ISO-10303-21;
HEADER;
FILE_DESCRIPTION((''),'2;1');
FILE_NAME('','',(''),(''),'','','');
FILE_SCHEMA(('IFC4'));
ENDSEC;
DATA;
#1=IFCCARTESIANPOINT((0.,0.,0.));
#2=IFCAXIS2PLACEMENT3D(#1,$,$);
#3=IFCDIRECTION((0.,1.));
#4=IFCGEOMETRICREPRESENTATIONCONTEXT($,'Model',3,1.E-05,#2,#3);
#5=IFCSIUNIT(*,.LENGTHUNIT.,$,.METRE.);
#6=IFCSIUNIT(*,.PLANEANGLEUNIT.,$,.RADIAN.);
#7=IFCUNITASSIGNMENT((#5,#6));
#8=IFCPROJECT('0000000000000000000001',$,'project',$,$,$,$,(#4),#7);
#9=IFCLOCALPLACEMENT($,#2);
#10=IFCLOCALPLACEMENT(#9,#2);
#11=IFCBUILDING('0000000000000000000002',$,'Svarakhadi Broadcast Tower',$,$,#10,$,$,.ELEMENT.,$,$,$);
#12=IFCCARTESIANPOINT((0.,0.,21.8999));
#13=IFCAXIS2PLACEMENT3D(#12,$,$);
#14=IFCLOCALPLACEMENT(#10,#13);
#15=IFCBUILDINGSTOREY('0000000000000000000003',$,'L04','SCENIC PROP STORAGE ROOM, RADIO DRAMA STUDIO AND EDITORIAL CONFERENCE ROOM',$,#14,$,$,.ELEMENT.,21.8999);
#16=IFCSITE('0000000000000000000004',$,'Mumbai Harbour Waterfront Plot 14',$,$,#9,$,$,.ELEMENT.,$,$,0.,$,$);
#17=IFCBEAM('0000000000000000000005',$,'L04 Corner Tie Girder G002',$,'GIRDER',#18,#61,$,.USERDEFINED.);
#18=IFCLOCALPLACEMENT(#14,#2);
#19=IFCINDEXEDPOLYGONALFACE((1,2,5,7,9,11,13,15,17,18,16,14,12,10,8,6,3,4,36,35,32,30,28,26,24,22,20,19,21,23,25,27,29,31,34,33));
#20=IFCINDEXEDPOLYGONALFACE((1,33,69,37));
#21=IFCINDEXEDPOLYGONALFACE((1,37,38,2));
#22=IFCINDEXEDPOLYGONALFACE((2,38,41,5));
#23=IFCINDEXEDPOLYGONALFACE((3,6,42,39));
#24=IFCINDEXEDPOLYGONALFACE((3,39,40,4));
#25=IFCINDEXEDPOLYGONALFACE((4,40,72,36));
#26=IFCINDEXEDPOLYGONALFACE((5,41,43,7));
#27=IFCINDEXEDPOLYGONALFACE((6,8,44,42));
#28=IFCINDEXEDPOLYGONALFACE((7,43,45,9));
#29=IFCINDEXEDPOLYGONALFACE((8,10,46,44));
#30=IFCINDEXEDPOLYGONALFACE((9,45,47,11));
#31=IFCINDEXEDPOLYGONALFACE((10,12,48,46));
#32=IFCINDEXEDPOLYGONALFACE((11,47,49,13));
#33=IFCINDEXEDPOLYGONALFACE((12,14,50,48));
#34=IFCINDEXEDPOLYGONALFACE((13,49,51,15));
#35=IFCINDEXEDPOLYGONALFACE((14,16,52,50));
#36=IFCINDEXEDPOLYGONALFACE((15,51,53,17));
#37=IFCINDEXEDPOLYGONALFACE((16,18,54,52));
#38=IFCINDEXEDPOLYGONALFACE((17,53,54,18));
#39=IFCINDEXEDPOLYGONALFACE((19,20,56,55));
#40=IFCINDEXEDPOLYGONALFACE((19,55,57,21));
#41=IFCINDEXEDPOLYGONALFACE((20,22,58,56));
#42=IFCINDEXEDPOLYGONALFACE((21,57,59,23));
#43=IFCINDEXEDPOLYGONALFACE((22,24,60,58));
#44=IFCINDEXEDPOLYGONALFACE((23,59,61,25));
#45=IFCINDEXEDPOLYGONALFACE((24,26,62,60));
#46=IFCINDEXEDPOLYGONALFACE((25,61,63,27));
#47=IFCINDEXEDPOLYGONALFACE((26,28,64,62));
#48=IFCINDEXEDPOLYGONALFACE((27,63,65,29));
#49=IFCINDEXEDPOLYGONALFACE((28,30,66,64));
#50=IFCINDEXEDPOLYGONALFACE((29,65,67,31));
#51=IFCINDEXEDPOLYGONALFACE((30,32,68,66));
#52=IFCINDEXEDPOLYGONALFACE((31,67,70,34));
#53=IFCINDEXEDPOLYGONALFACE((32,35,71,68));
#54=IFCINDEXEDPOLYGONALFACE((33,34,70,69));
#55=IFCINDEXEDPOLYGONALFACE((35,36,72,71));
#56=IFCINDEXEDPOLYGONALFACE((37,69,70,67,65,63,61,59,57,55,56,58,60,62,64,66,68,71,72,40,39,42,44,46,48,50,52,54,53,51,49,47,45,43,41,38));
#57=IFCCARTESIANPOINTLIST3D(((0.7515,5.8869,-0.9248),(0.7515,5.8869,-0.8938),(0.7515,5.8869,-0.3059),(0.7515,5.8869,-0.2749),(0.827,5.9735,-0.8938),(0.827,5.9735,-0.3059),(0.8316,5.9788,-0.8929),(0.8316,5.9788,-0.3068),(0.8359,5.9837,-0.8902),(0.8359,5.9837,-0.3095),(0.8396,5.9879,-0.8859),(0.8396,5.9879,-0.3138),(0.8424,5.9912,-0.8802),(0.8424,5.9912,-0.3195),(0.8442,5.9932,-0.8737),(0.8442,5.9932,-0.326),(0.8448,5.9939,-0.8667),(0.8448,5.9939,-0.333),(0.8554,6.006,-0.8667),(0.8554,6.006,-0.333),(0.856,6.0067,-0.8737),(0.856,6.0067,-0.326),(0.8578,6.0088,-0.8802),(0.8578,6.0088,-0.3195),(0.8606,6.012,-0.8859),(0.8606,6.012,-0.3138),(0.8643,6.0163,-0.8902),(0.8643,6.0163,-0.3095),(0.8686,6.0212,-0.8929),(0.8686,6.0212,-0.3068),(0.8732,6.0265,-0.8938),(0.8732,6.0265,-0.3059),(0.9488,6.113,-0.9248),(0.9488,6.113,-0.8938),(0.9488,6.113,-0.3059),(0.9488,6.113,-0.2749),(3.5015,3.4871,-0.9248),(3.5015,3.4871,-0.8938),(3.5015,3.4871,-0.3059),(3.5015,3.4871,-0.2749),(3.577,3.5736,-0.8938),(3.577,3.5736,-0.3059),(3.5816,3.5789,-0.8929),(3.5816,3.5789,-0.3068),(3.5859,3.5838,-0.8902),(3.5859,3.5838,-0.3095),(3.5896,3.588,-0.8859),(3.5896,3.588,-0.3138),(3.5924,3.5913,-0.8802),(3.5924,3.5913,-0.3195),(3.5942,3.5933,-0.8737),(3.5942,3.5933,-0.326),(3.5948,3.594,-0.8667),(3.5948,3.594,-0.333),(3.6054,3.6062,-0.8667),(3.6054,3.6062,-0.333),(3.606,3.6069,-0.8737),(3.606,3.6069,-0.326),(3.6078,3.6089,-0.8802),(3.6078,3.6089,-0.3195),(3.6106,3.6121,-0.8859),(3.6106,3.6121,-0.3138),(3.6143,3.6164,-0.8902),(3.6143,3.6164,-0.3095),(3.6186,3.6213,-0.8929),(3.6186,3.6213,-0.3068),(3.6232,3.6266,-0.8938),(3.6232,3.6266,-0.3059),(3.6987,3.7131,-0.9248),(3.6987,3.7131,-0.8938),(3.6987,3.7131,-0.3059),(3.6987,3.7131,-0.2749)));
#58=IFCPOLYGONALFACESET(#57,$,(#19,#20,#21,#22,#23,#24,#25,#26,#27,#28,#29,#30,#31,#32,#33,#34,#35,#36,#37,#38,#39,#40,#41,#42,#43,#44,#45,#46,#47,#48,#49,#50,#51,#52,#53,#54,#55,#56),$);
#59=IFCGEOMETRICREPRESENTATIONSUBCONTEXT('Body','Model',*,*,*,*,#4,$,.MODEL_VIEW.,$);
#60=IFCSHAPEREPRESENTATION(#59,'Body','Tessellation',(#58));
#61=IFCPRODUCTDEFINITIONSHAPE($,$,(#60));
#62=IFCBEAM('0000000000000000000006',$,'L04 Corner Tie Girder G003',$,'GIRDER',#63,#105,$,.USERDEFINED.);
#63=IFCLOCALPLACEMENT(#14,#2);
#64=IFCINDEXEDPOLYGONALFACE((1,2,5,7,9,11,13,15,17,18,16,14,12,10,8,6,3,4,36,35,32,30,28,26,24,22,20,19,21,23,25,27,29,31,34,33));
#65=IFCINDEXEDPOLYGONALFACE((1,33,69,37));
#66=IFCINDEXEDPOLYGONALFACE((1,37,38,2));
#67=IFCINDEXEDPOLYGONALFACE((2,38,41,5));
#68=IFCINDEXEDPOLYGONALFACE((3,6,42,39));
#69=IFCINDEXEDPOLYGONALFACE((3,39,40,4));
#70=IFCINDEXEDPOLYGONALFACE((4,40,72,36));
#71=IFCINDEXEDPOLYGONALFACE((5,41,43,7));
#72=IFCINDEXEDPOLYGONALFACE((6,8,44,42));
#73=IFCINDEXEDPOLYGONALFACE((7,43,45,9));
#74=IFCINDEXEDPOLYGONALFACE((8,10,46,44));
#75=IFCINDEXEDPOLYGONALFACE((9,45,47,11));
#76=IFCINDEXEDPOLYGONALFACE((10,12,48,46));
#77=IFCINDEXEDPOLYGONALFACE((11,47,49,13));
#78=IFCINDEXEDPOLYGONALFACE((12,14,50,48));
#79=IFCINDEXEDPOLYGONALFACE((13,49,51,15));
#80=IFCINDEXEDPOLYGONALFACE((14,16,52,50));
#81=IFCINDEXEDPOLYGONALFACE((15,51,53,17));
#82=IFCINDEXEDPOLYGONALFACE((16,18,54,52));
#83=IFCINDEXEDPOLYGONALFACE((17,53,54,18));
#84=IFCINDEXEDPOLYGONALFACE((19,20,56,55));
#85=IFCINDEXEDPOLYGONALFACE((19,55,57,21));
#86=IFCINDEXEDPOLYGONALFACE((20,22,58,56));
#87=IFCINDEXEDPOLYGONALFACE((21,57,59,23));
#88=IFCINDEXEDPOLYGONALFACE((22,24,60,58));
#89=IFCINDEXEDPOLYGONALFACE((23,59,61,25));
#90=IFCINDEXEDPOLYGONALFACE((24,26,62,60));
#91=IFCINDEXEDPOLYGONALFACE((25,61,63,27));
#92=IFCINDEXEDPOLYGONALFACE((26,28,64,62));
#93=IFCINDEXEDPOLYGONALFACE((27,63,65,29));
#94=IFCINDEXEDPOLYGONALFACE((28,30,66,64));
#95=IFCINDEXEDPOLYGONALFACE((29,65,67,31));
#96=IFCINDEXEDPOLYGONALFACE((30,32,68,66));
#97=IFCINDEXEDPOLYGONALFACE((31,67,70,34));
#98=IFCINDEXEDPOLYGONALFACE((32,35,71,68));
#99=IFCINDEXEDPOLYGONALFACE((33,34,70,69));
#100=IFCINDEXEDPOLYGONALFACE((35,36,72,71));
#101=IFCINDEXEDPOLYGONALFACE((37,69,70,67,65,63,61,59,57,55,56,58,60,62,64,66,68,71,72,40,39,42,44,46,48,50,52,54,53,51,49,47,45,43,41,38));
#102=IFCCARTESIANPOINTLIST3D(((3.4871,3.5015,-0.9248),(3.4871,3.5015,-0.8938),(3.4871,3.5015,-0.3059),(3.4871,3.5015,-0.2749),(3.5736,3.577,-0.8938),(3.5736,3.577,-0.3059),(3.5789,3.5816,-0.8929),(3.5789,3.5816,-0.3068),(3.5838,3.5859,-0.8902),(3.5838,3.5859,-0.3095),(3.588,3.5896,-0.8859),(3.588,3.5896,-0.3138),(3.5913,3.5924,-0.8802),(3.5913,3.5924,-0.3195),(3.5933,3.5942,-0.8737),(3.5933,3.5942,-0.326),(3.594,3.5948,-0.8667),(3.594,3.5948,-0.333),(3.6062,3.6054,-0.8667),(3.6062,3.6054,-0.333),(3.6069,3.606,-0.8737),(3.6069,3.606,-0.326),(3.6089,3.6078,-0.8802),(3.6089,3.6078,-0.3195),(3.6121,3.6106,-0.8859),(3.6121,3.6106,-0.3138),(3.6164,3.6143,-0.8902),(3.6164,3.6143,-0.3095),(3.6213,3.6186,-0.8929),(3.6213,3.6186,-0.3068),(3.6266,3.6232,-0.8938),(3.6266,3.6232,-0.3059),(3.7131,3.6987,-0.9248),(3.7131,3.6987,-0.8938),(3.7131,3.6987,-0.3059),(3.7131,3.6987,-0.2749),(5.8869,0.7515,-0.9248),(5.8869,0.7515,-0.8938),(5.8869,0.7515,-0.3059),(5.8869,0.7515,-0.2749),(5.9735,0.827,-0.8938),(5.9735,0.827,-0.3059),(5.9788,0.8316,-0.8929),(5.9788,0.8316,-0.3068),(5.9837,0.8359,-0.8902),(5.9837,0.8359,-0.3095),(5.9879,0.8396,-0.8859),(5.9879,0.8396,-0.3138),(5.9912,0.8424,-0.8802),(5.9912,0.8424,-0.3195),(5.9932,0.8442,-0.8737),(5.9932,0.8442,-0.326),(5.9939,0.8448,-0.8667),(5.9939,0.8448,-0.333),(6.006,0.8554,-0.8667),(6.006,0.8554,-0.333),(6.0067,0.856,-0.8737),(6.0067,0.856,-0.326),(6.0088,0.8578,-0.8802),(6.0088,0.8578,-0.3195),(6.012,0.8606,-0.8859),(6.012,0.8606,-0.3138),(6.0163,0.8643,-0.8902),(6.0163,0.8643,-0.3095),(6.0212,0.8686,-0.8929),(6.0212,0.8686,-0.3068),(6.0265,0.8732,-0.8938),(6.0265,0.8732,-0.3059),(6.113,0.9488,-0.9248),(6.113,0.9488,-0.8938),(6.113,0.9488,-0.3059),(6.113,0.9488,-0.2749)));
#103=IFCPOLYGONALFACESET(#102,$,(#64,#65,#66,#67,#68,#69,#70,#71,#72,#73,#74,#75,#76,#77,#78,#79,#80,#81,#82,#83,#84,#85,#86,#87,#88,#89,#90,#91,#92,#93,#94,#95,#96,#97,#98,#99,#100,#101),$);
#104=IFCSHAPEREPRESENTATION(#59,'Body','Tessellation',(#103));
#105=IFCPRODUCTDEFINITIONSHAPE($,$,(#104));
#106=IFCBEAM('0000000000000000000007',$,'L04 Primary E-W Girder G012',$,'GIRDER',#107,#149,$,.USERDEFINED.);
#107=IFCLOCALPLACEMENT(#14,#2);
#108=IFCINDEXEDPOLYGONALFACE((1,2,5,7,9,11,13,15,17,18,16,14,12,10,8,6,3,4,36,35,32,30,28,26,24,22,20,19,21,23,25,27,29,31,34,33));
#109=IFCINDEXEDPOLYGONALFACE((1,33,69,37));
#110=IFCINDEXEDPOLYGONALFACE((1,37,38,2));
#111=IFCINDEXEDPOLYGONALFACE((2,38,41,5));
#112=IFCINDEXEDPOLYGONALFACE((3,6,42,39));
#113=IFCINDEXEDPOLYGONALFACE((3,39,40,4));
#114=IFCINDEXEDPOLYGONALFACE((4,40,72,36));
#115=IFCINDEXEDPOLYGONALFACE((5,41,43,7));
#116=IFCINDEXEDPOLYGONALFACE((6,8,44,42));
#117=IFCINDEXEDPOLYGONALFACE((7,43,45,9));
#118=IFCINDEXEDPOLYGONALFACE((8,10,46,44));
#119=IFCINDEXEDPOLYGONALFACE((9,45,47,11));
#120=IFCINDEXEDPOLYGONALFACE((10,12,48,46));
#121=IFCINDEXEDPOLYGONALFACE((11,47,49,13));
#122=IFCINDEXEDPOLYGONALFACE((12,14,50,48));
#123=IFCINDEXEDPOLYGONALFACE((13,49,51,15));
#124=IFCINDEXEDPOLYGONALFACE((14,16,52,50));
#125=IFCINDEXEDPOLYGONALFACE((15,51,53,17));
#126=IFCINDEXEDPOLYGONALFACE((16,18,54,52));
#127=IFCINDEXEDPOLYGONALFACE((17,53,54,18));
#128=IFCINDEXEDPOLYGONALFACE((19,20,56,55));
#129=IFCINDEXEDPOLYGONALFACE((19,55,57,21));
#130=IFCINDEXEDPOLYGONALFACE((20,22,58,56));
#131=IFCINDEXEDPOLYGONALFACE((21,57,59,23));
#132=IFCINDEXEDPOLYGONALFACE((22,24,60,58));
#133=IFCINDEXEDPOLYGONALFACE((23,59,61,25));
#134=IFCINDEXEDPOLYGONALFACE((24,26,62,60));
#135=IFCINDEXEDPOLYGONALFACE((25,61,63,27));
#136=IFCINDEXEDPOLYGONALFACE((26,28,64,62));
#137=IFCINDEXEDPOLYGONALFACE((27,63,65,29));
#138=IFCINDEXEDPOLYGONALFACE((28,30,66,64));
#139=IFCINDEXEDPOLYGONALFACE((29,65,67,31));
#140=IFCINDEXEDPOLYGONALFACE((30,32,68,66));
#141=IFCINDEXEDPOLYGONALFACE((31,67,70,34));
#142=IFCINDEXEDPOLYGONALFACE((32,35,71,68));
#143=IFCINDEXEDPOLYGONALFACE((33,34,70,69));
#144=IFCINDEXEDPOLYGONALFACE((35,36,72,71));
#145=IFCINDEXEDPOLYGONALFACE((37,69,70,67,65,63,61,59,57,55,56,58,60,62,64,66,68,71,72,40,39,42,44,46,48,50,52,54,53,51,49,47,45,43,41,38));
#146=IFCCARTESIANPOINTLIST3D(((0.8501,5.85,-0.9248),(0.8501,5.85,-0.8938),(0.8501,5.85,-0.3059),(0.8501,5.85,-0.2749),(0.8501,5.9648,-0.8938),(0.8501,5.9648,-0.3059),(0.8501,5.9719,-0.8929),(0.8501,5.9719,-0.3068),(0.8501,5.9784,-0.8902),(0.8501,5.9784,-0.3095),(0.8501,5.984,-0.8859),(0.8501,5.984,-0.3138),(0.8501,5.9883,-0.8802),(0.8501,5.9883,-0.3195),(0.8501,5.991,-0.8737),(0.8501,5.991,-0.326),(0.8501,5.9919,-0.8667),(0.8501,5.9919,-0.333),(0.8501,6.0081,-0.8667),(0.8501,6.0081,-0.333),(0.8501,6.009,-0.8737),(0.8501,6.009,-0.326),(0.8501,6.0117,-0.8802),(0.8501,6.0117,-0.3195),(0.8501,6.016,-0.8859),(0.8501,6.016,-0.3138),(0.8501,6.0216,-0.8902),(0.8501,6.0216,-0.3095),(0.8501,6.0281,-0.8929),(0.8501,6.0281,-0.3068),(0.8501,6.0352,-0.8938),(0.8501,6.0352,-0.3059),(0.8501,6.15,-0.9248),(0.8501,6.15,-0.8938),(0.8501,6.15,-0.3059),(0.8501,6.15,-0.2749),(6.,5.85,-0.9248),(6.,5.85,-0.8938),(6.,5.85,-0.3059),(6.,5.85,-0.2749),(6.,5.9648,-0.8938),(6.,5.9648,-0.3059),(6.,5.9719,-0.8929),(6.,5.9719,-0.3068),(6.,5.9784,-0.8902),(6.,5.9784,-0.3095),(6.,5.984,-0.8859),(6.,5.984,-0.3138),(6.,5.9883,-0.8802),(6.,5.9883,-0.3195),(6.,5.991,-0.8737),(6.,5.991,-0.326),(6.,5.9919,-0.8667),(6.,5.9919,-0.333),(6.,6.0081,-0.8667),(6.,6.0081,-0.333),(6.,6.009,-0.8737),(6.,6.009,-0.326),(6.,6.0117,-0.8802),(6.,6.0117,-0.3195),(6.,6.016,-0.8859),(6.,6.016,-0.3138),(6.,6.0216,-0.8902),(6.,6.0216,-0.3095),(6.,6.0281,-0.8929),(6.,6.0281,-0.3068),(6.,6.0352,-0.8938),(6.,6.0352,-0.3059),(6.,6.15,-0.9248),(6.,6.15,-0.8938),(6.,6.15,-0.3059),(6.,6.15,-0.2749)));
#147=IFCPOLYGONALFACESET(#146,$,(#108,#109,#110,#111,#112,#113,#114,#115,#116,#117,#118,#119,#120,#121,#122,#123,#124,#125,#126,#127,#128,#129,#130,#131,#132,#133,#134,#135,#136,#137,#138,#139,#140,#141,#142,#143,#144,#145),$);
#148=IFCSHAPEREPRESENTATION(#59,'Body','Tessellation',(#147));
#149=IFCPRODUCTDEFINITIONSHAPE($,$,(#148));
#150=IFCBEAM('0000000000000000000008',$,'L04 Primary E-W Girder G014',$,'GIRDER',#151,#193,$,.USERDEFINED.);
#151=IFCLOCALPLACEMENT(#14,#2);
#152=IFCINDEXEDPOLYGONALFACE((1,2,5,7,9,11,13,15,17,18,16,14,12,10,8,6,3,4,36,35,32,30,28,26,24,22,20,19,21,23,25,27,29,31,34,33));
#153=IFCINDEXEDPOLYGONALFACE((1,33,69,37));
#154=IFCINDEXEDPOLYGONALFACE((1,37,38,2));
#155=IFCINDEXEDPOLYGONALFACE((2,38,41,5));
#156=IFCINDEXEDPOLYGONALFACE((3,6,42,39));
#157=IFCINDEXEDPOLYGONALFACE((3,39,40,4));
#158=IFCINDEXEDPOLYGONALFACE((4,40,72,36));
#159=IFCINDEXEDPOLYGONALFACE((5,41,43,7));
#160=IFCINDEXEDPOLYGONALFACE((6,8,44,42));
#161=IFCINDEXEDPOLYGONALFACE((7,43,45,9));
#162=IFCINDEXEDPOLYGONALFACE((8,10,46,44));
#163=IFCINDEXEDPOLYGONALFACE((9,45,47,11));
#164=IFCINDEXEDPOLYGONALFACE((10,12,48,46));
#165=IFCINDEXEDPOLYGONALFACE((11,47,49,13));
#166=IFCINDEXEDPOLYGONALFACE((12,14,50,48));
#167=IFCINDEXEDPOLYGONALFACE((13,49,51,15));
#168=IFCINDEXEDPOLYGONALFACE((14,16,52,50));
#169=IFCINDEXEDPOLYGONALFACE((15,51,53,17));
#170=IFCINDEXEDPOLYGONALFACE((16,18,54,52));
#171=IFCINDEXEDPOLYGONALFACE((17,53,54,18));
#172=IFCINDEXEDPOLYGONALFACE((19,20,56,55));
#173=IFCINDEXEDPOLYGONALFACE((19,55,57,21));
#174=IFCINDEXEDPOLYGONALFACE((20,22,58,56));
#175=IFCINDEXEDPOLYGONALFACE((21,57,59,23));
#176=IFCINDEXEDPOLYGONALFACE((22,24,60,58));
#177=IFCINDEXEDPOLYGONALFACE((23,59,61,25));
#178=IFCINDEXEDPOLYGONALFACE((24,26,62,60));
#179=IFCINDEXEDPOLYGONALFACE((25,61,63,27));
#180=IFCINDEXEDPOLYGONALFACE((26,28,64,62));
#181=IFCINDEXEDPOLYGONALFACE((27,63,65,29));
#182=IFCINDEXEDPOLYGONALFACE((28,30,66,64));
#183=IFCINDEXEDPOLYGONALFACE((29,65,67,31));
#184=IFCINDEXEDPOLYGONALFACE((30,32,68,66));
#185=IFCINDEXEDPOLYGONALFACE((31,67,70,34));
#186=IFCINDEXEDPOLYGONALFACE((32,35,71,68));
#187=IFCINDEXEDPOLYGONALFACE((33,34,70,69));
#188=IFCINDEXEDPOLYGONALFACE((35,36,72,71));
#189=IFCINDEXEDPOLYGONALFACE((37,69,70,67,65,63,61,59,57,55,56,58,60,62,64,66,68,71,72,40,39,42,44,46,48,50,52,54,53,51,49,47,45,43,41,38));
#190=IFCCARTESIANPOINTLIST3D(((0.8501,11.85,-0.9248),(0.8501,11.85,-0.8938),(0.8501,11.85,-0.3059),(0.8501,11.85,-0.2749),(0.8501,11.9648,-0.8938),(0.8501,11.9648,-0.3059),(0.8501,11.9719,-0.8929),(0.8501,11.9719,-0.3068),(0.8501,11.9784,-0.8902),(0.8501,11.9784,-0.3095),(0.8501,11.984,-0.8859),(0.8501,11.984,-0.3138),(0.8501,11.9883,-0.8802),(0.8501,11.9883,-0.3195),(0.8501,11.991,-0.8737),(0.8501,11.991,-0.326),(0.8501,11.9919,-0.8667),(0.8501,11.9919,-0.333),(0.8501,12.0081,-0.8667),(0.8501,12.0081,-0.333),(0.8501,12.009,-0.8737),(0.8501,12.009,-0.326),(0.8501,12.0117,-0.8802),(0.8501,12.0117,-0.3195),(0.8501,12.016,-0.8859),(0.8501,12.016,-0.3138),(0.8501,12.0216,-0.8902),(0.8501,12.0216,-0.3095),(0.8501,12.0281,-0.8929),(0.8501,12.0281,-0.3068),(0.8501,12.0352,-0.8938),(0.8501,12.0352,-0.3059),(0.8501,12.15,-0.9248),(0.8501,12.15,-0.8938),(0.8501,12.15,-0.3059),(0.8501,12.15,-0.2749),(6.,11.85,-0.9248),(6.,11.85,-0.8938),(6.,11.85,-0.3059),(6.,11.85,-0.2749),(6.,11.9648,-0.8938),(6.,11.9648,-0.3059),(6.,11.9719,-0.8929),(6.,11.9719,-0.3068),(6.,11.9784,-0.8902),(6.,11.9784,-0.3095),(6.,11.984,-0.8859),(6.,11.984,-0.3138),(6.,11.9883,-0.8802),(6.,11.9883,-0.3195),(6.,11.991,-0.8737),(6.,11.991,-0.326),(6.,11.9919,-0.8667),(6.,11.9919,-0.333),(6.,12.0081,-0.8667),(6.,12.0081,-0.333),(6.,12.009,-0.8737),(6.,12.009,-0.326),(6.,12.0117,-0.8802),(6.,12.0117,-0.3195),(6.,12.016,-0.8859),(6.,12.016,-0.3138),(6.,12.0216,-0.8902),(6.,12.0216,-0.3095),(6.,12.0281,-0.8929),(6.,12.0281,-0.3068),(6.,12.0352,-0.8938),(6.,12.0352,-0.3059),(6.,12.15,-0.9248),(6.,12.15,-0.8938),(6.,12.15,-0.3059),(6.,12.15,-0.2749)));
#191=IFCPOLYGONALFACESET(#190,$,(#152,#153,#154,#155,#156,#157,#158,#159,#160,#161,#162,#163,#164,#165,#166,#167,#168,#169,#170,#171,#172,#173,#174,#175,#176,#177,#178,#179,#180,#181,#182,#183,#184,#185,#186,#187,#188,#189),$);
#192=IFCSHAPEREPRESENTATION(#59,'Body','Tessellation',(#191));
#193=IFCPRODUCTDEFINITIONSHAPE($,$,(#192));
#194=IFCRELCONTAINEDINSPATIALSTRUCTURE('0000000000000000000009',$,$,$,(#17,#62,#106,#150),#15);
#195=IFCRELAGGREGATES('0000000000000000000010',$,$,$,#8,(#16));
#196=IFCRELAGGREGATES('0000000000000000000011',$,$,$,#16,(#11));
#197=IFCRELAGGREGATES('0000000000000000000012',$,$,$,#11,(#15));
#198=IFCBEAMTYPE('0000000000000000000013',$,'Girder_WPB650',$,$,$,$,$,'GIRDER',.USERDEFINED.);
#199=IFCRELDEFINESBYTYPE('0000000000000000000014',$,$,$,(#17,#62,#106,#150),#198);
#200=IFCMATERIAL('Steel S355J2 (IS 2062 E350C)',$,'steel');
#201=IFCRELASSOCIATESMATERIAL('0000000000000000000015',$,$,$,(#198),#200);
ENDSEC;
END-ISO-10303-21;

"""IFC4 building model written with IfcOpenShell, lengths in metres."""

from ifc_helpers import new_model, si_unit, direction, frame, origin, origin_2d, place, context, subcontext, project, spatial, i_section, extrude, material, material_profile, profile_set, type_object, element, save


model = new_model("IFC4")

# Units and contexts
model_context = context("Model", 3, precision=1e-05, world=origin(), true_north=direction((0.0, 1.0)))
body_context = subcontext(model_context, "Body", "Model", "MODEL_VIEW")
ifc_project = project(units=[si_unit("LENGTHUNIT", "METRE"), si_unit("PLANEANGLEUNIT", "RADIAN")], contexts=[model_context])

# Site, building, storey
site_placement = place(None, origin())
site = spatial("IfcSite", under=ifc_project, at=site_placement, Name="Mumbai Harbour Waterfront Plot 14", CompositionType="ELEMENT", RefElevation=0.0)
building_placement = place(site_placement, origin())
building = spatial("IfcBuilding", under=site, at=building_placement, Name="Svarakhadi Broadcast Tower", CompositionType="ELEMENT")
storey_placement = place(building_placement, frame((0.0, 0.0, 21.8999)))
storey = spatial("IfcBuildingStorey", under=building, at=storey_placement, Name="L04", Description="SCENIC PROP STORAGE ROOM, RADIO DRAMA STUDIO AND EDITORIAL CONFERENCE ROOM", CompositionType="ELEMENT", Elevation=21.8999)

# Shared definitions
ifc_material_1 = material(Name="Steel S355J2 (IS 2062 E350C)", Category="steel")

# Beams
ifc_material_profile_1 = material_profile(ifc_material_1, i_section(OverallWidth=0.3, OverallDepth=0.6499, WebThickness=0.0161, FlangeThickness=0.031, FilletRadius=0.0271, at=origin_2d()), Name="WPB 650x300x225")
ifc_profile_set_1 = profile_set([ifc_material_profile_1], Name="Steel S355J2 (IS 2062 E350C)")
beam_type_1 = type_object("IfcBeamType", Name="Girder_WPB650", ElementType="GIRDER", PredefinedType="USERDEFINED", material=ifc_profile_set_1)
for number, where, z_axis, x_axis, name in (
    (1, (3.6001, 3.6001, -0.5999), (-0.753438, 0.657519, 0.0), (-0.657519, -0.753438, 0.0), "L04 Corner Tie Girder G002"),
    (2, (3.6001, 3.6001, -0.5999), (0.657519, -0.753438, 0.0), (0.753438, 0.657519, 0.0), "L04 Corner Tie Girder G003"),
):
    element("IfcBeam", number, at=place(storey_placement, frame(where, z_axis=z_axis, x_axis=x_axis)), inside=storey, type_object=beam_type_1, Name=name, ObjectType="GIRDER", PredefinedType="USERDEFINED", context=body_context, shape_type="SweptSolid", body=[
        extrude(i_section(OverallWidth=0.3, OverallDepth=0.6499, WebThickness=0.0161, FlangeThickness=0.031, FilletRadius=0.0271, at=origin_2d()), origin(), (0.0, 0.0, 1.0), 3.6499),
    ])
for number, where, z_axis, x_axis, name in (
    (3, (0.8501, 6.0, -0.5999), (1.0, 0.0, 0.0), (0.0, 1.0, 0.0), "L04 Primary E-W Girder G012"),
    (4, (0.8501, 12.0, -0.5999), (1.0, 0.0, 0.0), (0.0, 1.0, 0.0), "L04 Primary E-W Girder G014"),
):
    element("IfcBeam", number, at=place(storey_placement, frame(where, z_axis=z_axis, x_axis=x_axis)), inside=storey, type_object=beam_type_1, Name=name, ObjectType="GIRDER", PredefinedType="USERDEFINED", context=body_context, shape_type="SweptSolid", body=[
        extrude(i_section(OverallWidth=0.3, OverallDepth=0.6499, WebThickness=0.0161, FlangeThickness=0.031, FilletRadius=0.0271, at=origin_2d()), origin(), (0.0, 0.0, 1.0), 5.1499),
    ])

save(model, "model.ifc")
